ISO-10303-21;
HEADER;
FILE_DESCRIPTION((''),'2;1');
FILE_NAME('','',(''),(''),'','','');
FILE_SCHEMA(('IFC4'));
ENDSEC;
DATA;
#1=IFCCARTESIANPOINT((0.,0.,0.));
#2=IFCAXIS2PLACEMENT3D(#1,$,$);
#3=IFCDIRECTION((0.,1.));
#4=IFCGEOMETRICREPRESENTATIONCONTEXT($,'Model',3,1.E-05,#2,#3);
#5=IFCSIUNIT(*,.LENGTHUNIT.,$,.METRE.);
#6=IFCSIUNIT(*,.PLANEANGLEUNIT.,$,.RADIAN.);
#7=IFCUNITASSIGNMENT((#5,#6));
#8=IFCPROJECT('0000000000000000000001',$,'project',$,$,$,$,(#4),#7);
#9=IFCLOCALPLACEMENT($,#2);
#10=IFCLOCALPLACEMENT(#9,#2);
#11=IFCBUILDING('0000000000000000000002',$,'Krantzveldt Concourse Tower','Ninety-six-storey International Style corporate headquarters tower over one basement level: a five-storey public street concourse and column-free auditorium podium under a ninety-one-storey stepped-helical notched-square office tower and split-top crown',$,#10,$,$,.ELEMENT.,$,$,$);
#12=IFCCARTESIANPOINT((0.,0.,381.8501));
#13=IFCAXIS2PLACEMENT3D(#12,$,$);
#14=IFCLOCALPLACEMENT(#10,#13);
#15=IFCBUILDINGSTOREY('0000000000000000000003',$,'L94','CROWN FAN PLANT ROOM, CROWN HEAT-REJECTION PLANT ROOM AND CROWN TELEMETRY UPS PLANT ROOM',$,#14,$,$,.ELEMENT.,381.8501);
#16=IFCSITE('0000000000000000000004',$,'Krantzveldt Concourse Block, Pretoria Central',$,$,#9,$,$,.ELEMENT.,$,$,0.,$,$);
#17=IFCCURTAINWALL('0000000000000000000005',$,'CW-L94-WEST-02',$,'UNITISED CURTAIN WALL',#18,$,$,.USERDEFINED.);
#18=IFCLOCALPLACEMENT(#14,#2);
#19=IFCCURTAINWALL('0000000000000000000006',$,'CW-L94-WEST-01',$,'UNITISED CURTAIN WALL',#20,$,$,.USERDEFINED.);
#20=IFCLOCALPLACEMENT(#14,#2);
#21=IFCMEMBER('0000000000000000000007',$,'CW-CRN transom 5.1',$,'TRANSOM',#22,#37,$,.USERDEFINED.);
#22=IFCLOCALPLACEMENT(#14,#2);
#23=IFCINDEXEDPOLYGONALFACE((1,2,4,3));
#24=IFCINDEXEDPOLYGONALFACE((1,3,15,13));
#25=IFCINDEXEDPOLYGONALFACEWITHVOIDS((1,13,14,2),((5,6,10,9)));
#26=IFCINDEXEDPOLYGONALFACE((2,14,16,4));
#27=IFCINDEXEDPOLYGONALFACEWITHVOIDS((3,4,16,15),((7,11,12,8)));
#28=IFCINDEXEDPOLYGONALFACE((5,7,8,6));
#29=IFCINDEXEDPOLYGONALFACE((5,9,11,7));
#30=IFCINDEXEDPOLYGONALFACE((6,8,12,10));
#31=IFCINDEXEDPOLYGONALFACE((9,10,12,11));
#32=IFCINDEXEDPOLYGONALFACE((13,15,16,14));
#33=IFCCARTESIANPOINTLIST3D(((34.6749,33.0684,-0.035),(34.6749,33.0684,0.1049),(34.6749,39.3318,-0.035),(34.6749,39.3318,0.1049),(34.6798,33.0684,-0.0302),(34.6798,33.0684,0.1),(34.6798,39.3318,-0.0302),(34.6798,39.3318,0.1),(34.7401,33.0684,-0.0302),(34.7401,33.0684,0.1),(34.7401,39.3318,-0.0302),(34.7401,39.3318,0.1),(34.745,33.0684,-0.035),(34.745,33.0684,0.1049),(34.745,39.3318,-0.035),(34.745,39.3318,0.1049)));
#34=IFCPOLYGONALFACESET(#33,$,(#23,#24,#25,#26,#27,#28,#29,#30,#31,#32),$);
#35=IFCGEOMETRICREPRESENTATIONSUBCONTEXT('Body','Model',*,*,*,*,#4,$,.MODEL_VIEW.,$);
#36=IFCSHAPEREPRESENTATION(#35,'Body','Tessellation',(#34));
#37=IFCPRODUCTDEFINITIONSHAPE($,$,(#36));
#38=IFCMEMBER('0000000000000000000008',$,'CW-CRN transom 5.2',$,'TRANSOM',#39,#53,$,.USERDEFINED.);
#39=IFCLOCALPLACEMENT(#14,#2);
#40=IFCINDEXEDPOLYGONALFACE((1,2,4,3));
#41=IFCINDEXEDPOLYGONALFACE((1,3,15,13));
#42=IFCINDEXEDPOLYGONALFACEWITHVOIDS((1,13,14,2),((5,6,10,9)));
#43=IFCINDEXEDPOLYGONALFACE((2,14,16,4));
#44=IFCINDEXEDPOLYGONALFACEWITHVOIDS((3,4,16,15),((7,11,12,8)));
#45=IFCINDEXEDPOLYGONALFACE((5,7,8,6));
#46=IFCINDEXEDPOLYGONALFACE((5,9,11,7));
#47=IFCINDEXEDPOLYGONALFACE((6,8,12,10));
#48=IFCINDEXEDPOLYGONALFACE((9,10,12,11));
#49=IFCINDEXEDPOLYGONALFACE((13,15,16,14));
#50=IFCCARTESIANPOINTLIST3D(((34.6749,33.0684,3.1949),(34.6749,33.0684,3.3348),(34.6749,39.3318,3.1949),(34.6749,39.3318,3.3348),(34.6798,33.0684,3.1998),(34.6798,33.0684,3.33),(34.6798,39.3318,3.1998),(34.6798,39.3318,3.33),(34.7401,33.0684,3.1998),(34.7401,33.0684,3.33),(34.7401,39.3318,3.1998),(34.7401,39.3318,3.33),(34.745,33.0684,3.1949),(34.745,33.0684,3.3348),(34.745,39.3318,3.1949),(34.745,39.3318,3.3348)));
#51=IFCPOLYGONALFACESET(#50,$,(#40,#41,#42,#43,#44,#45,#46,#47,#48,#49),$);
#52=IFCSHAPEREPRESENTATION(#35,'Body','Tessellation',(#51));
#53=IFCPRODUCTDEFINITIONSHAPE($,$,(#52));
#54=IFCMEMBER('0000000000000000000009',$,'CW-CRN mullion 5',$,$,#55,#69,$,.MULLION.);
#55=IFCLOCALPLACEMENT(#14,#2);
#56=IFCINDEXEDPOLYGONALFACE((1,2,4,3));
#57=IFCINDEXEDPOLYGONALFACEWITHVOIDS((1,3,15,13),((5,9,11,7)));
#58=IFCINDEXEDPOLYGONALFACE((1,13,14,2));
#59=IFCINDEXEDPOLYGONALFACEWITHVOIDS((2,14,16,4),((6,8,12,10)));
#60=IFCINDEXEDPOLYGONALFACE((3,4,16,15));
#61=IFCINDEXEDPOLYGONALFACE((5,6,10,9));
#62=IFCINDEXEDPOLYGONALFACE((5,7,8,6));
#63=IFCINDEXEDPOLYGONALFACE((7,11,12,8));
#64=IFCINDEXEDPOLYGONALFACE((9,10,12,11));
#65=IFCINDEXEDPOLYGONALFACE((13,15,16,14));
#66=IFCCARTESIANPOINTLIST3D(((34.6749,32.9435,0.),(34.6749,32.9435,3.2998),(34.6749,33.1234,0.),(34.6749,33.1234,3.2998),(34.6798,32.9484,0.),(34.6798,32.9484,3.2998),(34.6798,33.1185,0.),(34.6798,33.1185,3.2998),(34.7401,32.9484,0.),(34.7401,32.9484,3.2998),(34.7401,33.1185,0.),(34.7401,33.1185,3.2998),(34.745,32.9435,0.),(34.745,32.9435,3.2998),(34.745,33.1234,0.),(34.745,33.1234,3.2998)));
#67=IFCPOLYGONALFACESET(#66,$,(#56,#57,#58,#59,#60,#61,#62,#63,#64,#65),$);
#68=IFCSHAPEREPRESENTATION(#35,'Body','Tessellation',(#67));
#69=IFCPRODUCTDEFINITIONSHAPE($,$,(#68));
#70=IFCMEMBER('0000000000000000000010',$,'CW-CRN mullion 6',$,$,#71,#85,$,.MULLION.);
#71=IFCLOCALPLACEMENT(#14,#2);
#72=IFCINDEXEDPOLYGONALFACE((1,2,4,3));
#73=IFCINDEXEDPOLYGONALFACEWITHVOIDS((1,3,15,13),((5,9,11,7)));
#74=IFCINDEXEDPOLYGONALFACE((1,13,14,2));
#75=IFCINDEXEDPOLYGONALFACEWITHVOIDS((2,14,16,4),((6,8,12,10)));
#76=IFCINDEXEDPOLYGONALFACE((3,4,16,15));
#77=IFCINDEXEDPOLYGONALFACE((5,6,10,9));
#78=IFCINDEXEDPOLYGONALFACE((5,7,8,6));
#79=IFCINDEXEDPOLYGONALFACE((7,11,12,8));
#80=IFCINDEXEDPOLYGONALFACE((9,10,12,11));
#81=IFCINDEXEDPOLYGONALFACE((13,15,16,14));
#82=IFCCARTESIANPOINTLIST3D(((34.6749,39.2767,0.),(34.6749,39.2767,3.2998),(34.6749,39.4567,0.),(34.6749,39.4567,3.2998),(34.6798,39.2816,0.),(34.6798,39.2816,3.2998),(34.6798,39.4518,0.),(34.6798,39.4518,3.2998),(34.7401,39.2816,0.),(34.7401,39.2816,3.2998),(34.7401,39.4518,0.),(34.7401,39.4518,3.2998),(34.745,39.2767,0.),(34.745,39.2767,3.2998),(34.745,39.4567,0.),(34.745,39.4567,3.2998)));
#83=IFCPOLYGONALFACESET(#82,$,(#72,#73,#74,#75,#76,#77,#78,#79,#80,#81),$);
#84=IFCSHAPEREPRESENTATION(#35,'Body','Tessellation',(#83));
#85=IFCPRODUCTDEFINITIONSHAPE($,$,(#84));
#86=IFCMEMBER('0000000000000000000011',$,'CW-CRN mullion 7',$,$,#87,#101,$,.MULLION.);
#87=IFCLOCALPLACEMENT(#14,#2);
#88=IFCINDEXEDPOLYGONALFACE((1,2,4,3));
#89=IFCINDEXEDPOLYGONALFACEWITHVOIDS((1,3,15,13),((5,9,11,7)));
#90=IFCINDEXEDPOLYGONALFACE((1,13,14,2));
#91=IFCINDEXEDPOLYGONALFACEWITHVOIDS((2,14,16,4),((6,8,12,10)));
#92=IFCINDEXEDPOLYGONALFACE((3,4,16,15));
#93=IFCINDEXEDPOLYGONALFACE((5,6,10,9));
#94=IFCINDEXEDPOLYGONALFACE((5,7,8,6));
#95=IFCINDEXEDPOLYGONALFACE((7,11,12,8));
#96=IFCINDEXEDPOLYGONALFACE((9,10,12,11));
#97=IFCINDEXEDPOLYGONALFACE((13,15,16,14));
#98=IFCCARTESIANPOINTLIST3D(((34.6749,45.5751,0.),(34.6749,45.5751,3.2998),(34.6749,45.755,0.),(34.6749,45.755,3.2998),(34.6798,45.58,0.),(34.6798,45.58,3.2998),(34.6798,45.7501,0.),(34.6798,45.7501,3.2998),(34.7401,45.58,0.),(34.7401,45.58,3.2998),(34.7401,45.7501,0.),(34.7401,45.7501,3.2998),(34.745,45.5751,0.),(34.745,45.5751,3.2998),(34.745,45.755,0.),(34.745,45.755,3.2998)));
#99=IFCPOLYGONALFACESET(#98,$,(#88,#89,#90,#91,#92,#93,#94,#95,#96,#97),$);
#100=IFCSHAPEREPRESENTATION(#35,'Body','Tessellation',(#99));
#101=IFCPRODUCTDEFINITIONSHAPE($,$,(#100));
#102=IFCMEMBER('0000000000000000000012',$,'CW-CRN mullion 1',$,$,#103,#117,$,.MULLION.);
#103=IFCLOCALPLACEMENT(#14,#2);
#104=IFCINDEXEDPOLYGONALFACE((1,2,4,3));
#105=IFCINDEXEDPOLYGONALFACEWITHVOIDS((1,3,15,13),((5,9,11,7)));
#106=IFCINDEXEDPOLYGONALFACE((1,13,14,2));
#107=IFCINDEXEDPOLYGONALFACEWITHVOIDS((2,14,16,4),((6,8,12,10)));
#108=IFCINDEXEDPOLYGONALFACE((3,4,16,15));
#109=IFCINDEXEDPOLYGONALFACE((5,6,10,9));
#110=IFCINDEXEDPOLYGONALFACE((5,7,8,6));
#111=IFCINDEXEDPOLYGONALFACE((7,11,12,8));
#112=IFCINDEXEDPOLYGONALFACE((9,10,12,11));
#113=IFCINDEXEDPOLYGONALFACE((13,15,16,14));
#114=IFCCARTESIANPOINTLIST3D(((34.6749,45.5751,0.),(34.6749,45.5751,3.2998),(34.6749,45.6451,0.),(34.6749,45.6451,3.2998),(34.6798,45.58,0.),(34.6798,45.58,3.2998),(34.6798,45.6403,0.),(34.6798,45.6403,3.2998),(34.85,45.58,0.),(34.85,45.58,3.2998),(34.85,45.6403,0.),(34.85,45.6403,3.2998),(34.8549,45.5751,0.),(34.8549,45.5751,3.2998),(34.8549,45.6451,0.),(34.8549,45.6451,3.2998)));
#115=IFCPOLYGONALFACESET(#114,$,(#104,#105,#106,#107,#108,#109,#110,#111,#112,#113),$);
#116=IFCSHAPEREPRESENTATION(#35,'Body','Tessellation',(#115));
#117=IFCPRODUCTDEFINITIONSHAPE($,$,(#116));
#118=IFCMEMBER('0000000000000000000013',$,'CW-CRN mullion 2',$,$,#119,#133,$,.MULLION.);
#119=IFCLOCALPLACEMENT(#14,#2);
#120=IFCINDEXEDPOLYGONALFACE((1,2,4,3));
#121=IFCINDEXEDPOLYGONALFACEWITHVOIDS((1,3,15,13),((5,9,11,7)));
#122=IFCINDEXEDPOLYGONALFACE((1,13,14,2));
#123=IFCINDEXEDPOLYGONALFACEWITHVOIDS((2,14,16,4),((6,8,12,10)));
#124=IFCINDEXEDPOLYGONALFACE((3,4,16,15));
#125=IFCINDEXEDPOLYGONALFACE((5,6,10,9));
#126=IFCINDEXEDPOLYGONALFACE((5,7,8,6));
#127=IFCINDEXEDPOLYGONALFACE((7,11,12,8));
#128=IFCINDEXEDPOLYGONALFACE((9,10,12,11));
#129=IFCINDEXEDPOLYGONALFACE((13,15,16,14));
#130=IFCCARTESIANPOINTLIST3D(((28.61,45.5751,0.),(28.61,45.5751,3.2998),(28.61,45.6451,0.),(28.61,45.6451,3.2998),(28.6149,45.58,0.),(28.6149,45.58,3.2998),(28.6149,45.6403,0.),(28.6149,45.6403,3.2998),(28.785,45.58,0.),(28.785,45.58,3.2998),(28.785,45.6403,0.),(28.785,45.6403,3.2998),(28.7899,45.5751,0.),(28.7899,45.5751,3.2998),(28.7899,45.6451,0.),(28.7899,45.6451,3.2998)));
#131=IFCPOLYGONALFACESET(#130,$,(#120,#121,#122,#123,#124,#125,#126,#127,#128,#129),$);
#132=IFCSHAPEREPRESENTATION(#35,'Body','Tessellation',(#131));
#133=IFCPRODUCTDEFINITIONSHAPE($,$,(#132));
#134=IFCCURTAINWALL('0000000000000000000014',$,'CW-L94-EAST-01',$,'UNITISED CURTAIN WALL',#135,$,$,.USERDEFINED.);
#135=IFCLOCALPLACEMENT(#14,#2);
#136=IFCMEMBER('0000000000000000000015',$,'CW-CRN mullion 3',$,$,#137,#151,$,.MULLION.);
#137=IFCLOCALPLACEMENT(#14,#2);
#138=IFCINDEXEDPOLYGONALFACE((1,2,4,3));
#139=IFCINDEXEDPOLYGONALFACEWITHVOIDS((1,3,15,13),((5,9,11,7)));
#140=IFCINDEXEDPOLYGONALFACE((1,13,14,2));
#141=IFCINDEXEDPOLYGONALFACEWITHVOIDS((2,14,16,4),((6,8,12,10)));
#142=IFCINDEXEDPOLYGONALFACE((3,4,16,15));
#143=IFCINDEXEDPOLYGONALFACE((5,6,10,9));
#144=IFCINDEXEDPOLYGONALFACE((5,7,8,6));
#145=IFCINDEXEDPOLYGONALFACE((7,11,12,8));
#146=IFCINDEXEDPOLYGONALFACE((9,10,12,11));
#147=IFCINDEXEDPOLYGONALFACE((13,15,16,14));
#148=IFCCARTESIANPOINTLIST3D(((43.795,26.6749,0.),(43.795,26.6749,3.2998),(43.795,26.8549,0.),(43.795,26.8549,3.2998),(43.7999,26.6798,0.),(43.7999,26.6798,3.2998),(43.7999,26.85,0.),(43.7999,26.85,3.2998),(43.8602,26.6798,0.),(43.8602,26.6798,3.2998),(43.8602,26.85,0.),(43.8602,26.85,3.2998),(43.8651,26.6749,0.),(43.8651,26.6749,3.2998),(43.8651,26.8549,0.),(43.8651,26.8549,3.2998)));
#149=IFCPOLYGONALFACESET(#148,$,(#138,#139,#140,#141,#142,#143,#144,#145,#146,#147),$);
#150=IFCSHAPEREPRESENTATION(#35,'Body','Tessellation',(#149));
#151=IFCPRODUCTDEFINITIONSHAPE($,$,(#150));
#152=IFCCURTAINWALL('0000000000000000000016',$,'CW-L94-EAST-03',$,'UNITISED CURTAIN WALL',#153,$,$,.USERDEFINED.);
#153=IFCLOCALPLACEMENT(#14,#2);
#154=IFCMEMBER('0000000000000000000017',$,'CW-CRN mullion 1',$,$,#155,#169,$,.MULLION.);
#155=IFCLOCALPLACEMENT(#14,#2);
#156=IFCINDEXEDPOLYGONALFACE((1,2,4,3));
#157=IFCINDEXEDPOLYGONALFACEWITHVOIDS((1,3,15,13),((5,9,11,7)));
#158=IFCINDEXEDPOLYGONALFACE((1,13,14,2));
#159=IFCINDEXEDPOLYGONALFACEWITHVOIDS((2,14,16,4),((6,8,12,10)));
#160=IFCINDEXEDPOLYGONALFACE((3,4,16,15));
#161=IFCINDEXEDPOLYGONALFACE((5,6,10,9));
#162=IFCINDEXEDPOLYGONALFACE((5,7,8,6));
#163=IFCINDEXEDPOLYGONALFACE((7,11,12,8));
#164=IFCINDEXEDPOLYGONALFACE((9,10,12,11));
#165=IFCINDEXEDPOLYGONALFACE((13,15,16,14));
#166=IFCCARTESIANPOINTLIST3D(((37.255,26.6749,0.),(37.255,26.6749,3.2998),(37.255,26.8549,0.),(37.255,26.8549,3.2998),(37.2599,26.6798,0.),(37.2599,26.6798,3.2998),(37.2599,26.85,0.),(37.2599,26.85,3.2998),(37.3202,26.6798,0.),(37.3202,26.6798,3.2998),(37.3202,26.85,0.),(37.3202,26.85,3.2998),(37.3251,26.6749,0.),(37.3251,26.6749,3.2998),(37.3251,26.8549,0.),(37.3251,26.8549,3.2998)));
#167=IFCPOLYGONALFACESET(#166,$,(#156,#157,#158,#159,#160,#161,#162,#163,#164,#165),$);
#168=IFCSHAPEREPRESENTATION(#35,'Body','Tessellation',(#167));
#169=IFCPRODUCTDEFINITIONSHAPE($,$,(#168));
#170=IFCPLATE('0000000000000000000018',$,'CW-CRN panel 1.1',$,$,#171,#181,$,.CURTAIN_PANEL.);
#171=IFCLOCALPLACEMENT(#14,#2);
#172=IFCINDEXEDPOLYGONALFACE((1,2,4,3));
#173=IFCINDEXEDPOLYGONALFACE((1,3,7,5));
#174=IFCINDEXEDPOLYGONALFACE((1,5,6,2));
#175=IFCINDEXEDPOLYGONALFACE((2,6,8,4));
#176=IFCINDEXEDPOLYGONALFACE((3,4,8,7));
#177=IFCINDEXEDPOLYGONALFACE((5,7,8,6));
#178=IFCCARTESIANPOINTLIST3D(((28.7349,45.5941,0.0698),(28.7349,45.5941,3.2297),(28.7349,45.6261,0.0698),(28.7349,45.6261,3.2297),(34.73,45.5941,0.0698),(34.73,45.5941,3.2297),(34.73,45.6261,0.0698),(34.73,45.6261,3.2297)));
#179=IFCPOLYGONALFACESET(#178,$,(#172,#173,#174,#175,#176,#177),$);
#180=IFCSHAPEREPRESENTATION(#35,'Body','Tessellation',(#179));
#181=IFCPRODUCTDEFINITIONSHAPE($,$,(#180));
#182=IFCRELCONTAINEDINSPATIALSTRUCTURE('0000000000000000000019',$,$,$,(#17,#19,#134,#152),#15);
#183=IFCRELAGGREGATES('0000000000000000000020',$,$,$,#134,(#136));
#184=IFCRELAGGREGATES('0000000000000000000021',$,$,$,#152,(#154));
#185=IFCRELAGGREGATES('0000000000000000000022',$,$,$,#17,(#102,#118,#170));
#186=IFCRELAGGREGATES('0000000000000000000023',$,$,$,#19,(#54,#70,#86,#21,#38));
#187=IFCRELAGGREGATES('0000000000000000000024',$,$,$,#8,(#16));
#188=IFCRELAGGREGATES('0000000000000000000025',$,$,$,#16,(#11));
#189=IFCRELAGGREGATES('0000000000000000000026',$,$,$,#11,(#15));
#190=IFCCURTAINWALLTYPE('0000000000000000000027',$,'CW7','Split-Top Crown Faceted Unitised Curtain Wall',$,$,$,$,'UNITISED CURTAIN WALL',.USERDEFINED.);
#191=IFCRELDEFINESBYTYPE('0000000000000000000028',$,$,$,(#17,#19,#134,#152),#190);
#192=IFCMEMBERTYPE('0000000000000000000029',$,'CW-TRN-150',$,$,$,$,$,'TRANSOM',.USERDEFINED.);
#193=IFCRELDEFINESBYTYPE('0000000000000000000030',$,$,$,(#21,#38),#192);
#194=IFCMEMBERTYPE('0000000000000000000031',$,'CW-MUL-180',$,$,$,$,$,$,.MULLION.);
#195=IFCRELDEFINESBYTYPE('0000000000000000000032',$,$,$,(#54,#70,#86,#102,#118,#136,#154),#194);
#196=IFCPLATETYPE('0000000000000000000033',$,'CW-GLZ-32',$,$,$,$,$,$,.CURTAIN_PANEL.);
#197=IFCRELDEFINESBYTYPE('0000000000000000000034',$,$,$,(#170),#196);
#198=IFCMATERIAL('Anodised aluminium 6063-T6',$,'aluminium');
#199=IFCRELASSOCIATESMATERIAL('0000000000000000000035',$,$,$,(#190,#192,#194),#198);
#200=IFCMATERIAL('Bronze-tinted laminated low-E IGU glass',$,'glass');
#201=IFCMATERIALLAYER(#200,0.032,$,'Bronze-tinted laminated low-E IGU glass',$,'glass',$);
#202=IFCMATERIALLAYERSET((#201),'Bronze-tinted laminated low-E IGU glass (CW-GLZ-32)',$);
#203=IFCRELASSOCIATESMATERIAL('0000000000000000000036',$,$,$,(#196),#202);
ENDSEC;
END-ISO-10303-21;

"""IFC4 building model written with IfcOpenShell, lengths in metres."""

from ifc_helpers import new_model, si_unit, direction, frame, origin, origin_2d, place, context, subcontext, project, spatial, rectangle, hollow_rectangle, extrude, source, transform, mapped, material, layer, layer_set, material_profile, profile_set, type_object, type_shapes, element, aggregate, save


model = new_model("IFC4")

# Units and contexts
model_context = context("Model", 3, precision=1e-05, world=origin(), true_north=direction((0.0, 1.0)))
body_context = subcontext(model_context, "Body", "Model", "MODEL_VIEW")
ifc_project = project(units=[si_unit("LENGTHUNIT", "METRE"), si_unit("PLANEANGLEUNIT", "RADIAN")], contexts=[model_context])

# Site, building, storey
site_placement = place(None, origin())
site = spatial("IfcSite", under=ifc_project, at=site_placement, Name="Krantzveldt Concourse Block, Pretoria Central", CompositionType="ELEMENT", RefElevation=0.0)
building_placement = place(site_placement, origin())
building = spatial("IfcBuilding", under=site, at=building_placement, Name="Krantzveldt Concourse Tower", Description="Ninety-six-storey International Style corporate headquarters tower over one basement level: a five-storey public street concourse and column-free auditorium podium under a ninety-one-storey stepped-helical notched-square office tower and split-top crown", CompositionType="ELEMENT")
storey_placement = place(building_placement, frame((0.0, 0.0, 381.8501)))
storey = spatial("IfcBuildingStorey", under=building, at=storey_placement, Name="L94", Description="CROWN FAN PLANT ROOM, CROWN HEAT-REJECTION PLANT ROOM AND CROWN TELEMETRY UPS PLANT ROOM", CompositionType="ELEMENT", Elevation=381.8501)

# Curtain walls, members
ifc_material_1 = material(Name="Anodised aluminium 6063-T6", Category="aluminium")
curtain_wall_type = type_object("IfcCurtainWallType", Name="CW7", Description="Split-Top Crown Faceted Unitised Curtain Wall", ElementType="UNITISED CURTAIN WALL", PredefinedType="USERDEFINED", material=ifc_material_1)
curtain_wall_1_placement = place(storey_placement, origin())
curtain_wall_1 = element("IfcCurtainWall", 1, at=curtain_wall_1_placement, inside=storey, type_object=curtain_wall_type, Name="CW-L94-WEST-02", ObjectType="UNITISED CURTAIN WALL", PredefinedType="USERDEFINED")
ifc_material_profile_1 = material_profile(ifc_material_1, hollow_rectangle(XDim=0.0701, YDim=0.1399, WallThickness=0.0049, at=origin_2d()), Name="Anodised aluminium 6063-T6", Category="aluminium")
ifc_profile_set_1 = profile_set([ifc_material_profile_1], Name="Anodised aluminium 6063-T6 - ALU-TRAN 140x70x5")
member_type_1 = type_object("IfcMemberType", Name="CW-TRN-150", ElementType="TRANSOM", PredefinedType="USERDEFINED", material=ifc_profile_set_1)
curtain_wall_2_placement = place(storey_placement, origin())
curtain_wall_2 = element("IfcCurtainWall", 2, at=curtain_wall_2_placement, inside=storey, type_object=curtain_wall_type, Name="CW-L94-WEST-01", ObjectType="UNITISED CURTAIN WALL", PredefinedType="USERDEFINED")
shared_shape_1 = source(origin(), body_context, "Body", "SweptSolid", [
    extrude(hollow_rectangle(XDim=0.0701, YDim=0.1399, WallThickness=0.0049, at=origin_2d()), origin(), (0.0, 0.0, 1.0), 6.2634),
])
member_1_placement = place(storey_placement, frame((34.71, 33.0684, 0.0349), z_axis=(0.0, 1.0, 0.0), x_axis=(-1.0, 0.0, 0.0)))
member_1 = element("IfcMember", 3, at=member_1_placement, type_object=member_type_1, Name="CW-CRN transom 5.1", ObjectType="TRANSOM", PredefinedType="USERDEFINED", context=body_context, shape_type="MappedRepresentation", body=[
    mapped(shared_shape_1, transform((0.0, 0.0, 0.0), x_axis=(1.0, 0.0, 0.0), y_axis=(0.0, 1.0, 0.0), z_axis=(0.0, 0.0, 1.0), scale=1.0)),
])
member_2_placement = place(storey_placement, frame((34.71, 33.0684, 3.2649), z_axis=(0.0, 1.0, 0.0), x_axis=(-1.0, 0.0, 0.0)))
member_2 = element("IfcMember", 4, at=member_2_placement, type_object=member_type_1, Name="CW-CRN transom 5.2", ObjectType="TRANSOM", PredefinedType="USERDEFINED", context=body_context, shape_type="MappedRepresentation", body=[
    mapped(shared_shape_1, transform((0.0, 0.0, 0.0), x_axis=(1.0, 0.0, 0.0), y_axis=(0.0, 1.0, 0.0), z_axis=(0.0, 0.0, 1.0), scale=1.0)),
])
ifc_material_profile_2 = material_profile(ifc_material_1, hollow_rectangle(XDim=0.0701, YDim=0.1799, WallThickness=0.0049, at=origin_2d()), Name="Anodised aluminium 6063-T6", Category="aluminium")
ifc_profile_set_2 = profile_set([ifc_material_profile_2], Name="Anodised aluminium 6063-T6 - ALU-MULL 180x70x5")
member_type_2 = type_object("IfcMemberType", Name="CW-MUL-180", PredefinedType="MULLION", material=ifc_profile_set_2)
shared_shape_2 = source(origin(), body_context, "Body", "SweptSolid", [
    extrude(hollow_rectangle(XDim=0.0701, YDim=0.1799, WallThickness=0.0049, at=origin_2d()), origin(), (0.0, 0.0, 1.0), 3.2998),
])
type_shapes(member_type_2, [shared_shape_2])
member_3_placement = place(storey_placement, frame((34.71, 33.0334, 0.0), z_axis=(0.0, 0.0, 1.0), x_axis=(-1.0, 0.0, 0.0)))
member_3 = element("IfcMember", 5, at=member_3_placement, type_object=member_type_2, Name="CW-CRN mullion 5", PredefinedType="MULLION", context=body_context, shape_type="MappedRepresentation", body=[
    mapped(shared_shape_2, transform((0.0, 0.0, 0.0), x_axis=(1.0, 0.0, 0.0), y_axis=(0.0, 1.0, 0.0), z_axis=(0.0, 0.0, 1.0), scale=1.0)),
])
member_4_placement = place(storey_placement, frame((34.71, 39.3667, 0.0), z_axis=(0.0, 0.0, 1.0), x_axis=(-1.0, 0.0, 0.0)))
member_4 = element("IfcMember", 6, at=member_4_placement, type_object=member_type_2, Name="CW-CRN mullion 6", PredefinedType="MULLION", context=body_context, shape_type="MappedRepresentation", body=[
    mapped(shared_shape_2, transform((0.0, 0.0, 0.0), x_axis=(1.0, 0.0, 0.0), y_axis=(0.0, 1.0, 0.0), z_axis=(0.0, 0.0, 1.0), scale=1.0)),
])
member_5_placement = place(storey_placement, frame((34.71, 45.665, 0.0), z_axis=(0.0, 0.0, 1.0), x_axis=(-1.0, 0.0, 0.0)))
member_5 = element("IfcMember", 7, at=member_5_placement, type_object=member_type_2, Name="CW-CRN mullion 7", PredefinedType="MULLION", context=body_context, shape_type="MappedRepresentation", body=[
    mapped(shared_shape_2, transform((0.0, 0.0, 0.0), x_axis=(1.0, 0.0, 0.0), y_axis=(0.0, 1.0, 0.0), z_axis=(0.0, 0.0, 1.0), scale=1.0)),
])

# Members
member_6_placement = place(storey_placement, frame((34.7649, 45.6101, 0.0), z_axis=(0.0, 0.0, 1.0), x_axis=(0.0, -1.0, 0.0)))
member_6 = element("IfcMember", 8, at=member_6_placement, type_object=member_type_2, Name="CW-CRN mullion 1", PredefinedType="MULLION", context=body_context, shape_type="MappedRepresentation", body=[
    mapped(shared_shape_2, transform((0.0, 0.0, 0.0), x_axis=(1.0, 0.0, 0.0), y_axis=(0.0, 1.0, 0.0), z_axis=(0.0, 0.0, 1.0), scale=1.0)),
])
member_7_placement = place(storey_placement, frame((28.7, 45.6101, 0.0), z_axis=(0.0, 0.0, 1.0), x_axis=(0.0, -1.0, 0.0)))
member_7 = element("IfcMember", 9, at=member_7_placement, type_object=member_type_2, Name="CW-CRN mullion 2", PredefinedType="MULLION", context=body_context, shape_type="MappedRepresentation", body=[
    mapped(shared_shape_2, transform((0.0, 0.0, 0.0), x_axis=(1.0, 0.0, 0.0), y_axis=(0.0, 1.0, 0.0), z_axis=(0.0, 0.0, 1.0), scale=1.0)),
])

# Curtain walls, members
curtain_wall_3_placement = place(storey_placement, origin())
curtain_wall_3 = element("IfcCurtainWall", 10, at=curtain_wall_3_placement, inside=storey, type_object=curtain_wall_type, Name="CW-L94-EAST-01", ObjectType="UNITISED CURTAIN WALL", PredefinedType="USERDEFINED")
member_8_placement = place(storey_placement, frame((43.8301, 26.7649, 0.0), z_axis=(0.0, 0.0, 1.0), x_axis=(-1.0, 0.0, 0.0)))
member_8 = element("IfcMember", 11, at=member_8_placement, type_object=member_type_2, Name="CW-CRN mullion 3", PredefinedType="MULLION", context=body_context, shape_type="MappedRepresentation", body=[
    mapped(shared_shape_2, transform((0.0, 0.0, 0.0), x_axis=(1.0, 0.0, 0.0), y_axis=(0.0, 1.0, 0.0), z_axis=(0.0, 0.0, 1.0), scale=1.0)),
])
aggregate(curtain_wall_3, [member_8])
curtain_wall_4_placement = place(storey_placement, origin())
curtain_wall_4 = element("IfcCurtainWall", 12, at=curtain_wall_4_placement, inside=storey, type_object=curtain_wall_type, Name="CW-L94-EAST-03", ObjectType="UNITISED CURTAIN WALL", PredefinedType="USERDEFINED")
member_9_placement = place(storey_placement, frame((37.29, 26.7649, 0.0), z_axis=(0.0, 0.0, 1.0), x_axis=(1.0, 0.0, 0.0)))
member_9 = element("IfcMember", 13, at=member_9_placement, type_object=member_type_2, Name="CW-CRN mullion 1", PredefinedType="MULLION", context=body_context, shape_type="MappedRepresentation", body=[
    mapped(shared_shape_2, transform((0.0, 0.0, 0.0), x_axis=(1.0, 0.0, 0.0), y_axis=(0.0, 1.0, 0.0), z_axis=(0.0, 0.0, 1.0), scale=1.0)),
])
aggregate(curtain_wall_4, [member_9])

# Plate
ifc_material_2 = material(Name="Bronze-tinted laminated low-E IGU glass", Category="glass")
ifc_layer_1 = layer(ifc_material_2, 0.032, Name="Bronze-tinted laminated low-E IGU glass", Category="glass")
ifc_layer_set_1 = layer_set([ifc_layer_1], Name="Bronze-tinted laminated low-E IGU glass (CW-GLZ-32)")
plate_type = type_object("IfcPlateType", Name="CW-GLZ-32", PredefinedType="CURTAIN_PANEL", material=ifc_layer_set_1)
shared_shape_3 = source(origin(), body_context, "Body", "SweptSolid", [
    extrude(rectangle(XDim=5.9951, YDim=0.032, at=origin_2d()), origin(), (0.0, 0.0, 1.0), 3.1599),
])
plate_1_placement = place(storey_placement, frame((31.7324, 45.6101, 0.0698), z_axis=(0.0, 0.0, 1.0), x_axis=(-1.0, 0.0, 0.0)))
plate_1 = element("IfcPlate", 14, at=plate_1_placement, type_object=plate_type, Name="CW-CRN panel 1.1", PredefinedType="CURTAIN_PANEL", context=body_context, shape_type="MappedRepresentation", body=[
    mapped(shared_shape_3, transform((0.0, 0.0, 0.0), x_axis=(1.0, 0.0, 0.0), y_axis=(0.0, 1.0, 0.0), z_axis=(0.0, 0.0, 1.0), scale=1.0)),
])
aggregate(curtain_wall_1, [member_6, member_7, plate_1])
aggregate(curtain_wall_2, [member_3, member_4, member_5, member_1, member_2])

save(model, "model.ifc")
